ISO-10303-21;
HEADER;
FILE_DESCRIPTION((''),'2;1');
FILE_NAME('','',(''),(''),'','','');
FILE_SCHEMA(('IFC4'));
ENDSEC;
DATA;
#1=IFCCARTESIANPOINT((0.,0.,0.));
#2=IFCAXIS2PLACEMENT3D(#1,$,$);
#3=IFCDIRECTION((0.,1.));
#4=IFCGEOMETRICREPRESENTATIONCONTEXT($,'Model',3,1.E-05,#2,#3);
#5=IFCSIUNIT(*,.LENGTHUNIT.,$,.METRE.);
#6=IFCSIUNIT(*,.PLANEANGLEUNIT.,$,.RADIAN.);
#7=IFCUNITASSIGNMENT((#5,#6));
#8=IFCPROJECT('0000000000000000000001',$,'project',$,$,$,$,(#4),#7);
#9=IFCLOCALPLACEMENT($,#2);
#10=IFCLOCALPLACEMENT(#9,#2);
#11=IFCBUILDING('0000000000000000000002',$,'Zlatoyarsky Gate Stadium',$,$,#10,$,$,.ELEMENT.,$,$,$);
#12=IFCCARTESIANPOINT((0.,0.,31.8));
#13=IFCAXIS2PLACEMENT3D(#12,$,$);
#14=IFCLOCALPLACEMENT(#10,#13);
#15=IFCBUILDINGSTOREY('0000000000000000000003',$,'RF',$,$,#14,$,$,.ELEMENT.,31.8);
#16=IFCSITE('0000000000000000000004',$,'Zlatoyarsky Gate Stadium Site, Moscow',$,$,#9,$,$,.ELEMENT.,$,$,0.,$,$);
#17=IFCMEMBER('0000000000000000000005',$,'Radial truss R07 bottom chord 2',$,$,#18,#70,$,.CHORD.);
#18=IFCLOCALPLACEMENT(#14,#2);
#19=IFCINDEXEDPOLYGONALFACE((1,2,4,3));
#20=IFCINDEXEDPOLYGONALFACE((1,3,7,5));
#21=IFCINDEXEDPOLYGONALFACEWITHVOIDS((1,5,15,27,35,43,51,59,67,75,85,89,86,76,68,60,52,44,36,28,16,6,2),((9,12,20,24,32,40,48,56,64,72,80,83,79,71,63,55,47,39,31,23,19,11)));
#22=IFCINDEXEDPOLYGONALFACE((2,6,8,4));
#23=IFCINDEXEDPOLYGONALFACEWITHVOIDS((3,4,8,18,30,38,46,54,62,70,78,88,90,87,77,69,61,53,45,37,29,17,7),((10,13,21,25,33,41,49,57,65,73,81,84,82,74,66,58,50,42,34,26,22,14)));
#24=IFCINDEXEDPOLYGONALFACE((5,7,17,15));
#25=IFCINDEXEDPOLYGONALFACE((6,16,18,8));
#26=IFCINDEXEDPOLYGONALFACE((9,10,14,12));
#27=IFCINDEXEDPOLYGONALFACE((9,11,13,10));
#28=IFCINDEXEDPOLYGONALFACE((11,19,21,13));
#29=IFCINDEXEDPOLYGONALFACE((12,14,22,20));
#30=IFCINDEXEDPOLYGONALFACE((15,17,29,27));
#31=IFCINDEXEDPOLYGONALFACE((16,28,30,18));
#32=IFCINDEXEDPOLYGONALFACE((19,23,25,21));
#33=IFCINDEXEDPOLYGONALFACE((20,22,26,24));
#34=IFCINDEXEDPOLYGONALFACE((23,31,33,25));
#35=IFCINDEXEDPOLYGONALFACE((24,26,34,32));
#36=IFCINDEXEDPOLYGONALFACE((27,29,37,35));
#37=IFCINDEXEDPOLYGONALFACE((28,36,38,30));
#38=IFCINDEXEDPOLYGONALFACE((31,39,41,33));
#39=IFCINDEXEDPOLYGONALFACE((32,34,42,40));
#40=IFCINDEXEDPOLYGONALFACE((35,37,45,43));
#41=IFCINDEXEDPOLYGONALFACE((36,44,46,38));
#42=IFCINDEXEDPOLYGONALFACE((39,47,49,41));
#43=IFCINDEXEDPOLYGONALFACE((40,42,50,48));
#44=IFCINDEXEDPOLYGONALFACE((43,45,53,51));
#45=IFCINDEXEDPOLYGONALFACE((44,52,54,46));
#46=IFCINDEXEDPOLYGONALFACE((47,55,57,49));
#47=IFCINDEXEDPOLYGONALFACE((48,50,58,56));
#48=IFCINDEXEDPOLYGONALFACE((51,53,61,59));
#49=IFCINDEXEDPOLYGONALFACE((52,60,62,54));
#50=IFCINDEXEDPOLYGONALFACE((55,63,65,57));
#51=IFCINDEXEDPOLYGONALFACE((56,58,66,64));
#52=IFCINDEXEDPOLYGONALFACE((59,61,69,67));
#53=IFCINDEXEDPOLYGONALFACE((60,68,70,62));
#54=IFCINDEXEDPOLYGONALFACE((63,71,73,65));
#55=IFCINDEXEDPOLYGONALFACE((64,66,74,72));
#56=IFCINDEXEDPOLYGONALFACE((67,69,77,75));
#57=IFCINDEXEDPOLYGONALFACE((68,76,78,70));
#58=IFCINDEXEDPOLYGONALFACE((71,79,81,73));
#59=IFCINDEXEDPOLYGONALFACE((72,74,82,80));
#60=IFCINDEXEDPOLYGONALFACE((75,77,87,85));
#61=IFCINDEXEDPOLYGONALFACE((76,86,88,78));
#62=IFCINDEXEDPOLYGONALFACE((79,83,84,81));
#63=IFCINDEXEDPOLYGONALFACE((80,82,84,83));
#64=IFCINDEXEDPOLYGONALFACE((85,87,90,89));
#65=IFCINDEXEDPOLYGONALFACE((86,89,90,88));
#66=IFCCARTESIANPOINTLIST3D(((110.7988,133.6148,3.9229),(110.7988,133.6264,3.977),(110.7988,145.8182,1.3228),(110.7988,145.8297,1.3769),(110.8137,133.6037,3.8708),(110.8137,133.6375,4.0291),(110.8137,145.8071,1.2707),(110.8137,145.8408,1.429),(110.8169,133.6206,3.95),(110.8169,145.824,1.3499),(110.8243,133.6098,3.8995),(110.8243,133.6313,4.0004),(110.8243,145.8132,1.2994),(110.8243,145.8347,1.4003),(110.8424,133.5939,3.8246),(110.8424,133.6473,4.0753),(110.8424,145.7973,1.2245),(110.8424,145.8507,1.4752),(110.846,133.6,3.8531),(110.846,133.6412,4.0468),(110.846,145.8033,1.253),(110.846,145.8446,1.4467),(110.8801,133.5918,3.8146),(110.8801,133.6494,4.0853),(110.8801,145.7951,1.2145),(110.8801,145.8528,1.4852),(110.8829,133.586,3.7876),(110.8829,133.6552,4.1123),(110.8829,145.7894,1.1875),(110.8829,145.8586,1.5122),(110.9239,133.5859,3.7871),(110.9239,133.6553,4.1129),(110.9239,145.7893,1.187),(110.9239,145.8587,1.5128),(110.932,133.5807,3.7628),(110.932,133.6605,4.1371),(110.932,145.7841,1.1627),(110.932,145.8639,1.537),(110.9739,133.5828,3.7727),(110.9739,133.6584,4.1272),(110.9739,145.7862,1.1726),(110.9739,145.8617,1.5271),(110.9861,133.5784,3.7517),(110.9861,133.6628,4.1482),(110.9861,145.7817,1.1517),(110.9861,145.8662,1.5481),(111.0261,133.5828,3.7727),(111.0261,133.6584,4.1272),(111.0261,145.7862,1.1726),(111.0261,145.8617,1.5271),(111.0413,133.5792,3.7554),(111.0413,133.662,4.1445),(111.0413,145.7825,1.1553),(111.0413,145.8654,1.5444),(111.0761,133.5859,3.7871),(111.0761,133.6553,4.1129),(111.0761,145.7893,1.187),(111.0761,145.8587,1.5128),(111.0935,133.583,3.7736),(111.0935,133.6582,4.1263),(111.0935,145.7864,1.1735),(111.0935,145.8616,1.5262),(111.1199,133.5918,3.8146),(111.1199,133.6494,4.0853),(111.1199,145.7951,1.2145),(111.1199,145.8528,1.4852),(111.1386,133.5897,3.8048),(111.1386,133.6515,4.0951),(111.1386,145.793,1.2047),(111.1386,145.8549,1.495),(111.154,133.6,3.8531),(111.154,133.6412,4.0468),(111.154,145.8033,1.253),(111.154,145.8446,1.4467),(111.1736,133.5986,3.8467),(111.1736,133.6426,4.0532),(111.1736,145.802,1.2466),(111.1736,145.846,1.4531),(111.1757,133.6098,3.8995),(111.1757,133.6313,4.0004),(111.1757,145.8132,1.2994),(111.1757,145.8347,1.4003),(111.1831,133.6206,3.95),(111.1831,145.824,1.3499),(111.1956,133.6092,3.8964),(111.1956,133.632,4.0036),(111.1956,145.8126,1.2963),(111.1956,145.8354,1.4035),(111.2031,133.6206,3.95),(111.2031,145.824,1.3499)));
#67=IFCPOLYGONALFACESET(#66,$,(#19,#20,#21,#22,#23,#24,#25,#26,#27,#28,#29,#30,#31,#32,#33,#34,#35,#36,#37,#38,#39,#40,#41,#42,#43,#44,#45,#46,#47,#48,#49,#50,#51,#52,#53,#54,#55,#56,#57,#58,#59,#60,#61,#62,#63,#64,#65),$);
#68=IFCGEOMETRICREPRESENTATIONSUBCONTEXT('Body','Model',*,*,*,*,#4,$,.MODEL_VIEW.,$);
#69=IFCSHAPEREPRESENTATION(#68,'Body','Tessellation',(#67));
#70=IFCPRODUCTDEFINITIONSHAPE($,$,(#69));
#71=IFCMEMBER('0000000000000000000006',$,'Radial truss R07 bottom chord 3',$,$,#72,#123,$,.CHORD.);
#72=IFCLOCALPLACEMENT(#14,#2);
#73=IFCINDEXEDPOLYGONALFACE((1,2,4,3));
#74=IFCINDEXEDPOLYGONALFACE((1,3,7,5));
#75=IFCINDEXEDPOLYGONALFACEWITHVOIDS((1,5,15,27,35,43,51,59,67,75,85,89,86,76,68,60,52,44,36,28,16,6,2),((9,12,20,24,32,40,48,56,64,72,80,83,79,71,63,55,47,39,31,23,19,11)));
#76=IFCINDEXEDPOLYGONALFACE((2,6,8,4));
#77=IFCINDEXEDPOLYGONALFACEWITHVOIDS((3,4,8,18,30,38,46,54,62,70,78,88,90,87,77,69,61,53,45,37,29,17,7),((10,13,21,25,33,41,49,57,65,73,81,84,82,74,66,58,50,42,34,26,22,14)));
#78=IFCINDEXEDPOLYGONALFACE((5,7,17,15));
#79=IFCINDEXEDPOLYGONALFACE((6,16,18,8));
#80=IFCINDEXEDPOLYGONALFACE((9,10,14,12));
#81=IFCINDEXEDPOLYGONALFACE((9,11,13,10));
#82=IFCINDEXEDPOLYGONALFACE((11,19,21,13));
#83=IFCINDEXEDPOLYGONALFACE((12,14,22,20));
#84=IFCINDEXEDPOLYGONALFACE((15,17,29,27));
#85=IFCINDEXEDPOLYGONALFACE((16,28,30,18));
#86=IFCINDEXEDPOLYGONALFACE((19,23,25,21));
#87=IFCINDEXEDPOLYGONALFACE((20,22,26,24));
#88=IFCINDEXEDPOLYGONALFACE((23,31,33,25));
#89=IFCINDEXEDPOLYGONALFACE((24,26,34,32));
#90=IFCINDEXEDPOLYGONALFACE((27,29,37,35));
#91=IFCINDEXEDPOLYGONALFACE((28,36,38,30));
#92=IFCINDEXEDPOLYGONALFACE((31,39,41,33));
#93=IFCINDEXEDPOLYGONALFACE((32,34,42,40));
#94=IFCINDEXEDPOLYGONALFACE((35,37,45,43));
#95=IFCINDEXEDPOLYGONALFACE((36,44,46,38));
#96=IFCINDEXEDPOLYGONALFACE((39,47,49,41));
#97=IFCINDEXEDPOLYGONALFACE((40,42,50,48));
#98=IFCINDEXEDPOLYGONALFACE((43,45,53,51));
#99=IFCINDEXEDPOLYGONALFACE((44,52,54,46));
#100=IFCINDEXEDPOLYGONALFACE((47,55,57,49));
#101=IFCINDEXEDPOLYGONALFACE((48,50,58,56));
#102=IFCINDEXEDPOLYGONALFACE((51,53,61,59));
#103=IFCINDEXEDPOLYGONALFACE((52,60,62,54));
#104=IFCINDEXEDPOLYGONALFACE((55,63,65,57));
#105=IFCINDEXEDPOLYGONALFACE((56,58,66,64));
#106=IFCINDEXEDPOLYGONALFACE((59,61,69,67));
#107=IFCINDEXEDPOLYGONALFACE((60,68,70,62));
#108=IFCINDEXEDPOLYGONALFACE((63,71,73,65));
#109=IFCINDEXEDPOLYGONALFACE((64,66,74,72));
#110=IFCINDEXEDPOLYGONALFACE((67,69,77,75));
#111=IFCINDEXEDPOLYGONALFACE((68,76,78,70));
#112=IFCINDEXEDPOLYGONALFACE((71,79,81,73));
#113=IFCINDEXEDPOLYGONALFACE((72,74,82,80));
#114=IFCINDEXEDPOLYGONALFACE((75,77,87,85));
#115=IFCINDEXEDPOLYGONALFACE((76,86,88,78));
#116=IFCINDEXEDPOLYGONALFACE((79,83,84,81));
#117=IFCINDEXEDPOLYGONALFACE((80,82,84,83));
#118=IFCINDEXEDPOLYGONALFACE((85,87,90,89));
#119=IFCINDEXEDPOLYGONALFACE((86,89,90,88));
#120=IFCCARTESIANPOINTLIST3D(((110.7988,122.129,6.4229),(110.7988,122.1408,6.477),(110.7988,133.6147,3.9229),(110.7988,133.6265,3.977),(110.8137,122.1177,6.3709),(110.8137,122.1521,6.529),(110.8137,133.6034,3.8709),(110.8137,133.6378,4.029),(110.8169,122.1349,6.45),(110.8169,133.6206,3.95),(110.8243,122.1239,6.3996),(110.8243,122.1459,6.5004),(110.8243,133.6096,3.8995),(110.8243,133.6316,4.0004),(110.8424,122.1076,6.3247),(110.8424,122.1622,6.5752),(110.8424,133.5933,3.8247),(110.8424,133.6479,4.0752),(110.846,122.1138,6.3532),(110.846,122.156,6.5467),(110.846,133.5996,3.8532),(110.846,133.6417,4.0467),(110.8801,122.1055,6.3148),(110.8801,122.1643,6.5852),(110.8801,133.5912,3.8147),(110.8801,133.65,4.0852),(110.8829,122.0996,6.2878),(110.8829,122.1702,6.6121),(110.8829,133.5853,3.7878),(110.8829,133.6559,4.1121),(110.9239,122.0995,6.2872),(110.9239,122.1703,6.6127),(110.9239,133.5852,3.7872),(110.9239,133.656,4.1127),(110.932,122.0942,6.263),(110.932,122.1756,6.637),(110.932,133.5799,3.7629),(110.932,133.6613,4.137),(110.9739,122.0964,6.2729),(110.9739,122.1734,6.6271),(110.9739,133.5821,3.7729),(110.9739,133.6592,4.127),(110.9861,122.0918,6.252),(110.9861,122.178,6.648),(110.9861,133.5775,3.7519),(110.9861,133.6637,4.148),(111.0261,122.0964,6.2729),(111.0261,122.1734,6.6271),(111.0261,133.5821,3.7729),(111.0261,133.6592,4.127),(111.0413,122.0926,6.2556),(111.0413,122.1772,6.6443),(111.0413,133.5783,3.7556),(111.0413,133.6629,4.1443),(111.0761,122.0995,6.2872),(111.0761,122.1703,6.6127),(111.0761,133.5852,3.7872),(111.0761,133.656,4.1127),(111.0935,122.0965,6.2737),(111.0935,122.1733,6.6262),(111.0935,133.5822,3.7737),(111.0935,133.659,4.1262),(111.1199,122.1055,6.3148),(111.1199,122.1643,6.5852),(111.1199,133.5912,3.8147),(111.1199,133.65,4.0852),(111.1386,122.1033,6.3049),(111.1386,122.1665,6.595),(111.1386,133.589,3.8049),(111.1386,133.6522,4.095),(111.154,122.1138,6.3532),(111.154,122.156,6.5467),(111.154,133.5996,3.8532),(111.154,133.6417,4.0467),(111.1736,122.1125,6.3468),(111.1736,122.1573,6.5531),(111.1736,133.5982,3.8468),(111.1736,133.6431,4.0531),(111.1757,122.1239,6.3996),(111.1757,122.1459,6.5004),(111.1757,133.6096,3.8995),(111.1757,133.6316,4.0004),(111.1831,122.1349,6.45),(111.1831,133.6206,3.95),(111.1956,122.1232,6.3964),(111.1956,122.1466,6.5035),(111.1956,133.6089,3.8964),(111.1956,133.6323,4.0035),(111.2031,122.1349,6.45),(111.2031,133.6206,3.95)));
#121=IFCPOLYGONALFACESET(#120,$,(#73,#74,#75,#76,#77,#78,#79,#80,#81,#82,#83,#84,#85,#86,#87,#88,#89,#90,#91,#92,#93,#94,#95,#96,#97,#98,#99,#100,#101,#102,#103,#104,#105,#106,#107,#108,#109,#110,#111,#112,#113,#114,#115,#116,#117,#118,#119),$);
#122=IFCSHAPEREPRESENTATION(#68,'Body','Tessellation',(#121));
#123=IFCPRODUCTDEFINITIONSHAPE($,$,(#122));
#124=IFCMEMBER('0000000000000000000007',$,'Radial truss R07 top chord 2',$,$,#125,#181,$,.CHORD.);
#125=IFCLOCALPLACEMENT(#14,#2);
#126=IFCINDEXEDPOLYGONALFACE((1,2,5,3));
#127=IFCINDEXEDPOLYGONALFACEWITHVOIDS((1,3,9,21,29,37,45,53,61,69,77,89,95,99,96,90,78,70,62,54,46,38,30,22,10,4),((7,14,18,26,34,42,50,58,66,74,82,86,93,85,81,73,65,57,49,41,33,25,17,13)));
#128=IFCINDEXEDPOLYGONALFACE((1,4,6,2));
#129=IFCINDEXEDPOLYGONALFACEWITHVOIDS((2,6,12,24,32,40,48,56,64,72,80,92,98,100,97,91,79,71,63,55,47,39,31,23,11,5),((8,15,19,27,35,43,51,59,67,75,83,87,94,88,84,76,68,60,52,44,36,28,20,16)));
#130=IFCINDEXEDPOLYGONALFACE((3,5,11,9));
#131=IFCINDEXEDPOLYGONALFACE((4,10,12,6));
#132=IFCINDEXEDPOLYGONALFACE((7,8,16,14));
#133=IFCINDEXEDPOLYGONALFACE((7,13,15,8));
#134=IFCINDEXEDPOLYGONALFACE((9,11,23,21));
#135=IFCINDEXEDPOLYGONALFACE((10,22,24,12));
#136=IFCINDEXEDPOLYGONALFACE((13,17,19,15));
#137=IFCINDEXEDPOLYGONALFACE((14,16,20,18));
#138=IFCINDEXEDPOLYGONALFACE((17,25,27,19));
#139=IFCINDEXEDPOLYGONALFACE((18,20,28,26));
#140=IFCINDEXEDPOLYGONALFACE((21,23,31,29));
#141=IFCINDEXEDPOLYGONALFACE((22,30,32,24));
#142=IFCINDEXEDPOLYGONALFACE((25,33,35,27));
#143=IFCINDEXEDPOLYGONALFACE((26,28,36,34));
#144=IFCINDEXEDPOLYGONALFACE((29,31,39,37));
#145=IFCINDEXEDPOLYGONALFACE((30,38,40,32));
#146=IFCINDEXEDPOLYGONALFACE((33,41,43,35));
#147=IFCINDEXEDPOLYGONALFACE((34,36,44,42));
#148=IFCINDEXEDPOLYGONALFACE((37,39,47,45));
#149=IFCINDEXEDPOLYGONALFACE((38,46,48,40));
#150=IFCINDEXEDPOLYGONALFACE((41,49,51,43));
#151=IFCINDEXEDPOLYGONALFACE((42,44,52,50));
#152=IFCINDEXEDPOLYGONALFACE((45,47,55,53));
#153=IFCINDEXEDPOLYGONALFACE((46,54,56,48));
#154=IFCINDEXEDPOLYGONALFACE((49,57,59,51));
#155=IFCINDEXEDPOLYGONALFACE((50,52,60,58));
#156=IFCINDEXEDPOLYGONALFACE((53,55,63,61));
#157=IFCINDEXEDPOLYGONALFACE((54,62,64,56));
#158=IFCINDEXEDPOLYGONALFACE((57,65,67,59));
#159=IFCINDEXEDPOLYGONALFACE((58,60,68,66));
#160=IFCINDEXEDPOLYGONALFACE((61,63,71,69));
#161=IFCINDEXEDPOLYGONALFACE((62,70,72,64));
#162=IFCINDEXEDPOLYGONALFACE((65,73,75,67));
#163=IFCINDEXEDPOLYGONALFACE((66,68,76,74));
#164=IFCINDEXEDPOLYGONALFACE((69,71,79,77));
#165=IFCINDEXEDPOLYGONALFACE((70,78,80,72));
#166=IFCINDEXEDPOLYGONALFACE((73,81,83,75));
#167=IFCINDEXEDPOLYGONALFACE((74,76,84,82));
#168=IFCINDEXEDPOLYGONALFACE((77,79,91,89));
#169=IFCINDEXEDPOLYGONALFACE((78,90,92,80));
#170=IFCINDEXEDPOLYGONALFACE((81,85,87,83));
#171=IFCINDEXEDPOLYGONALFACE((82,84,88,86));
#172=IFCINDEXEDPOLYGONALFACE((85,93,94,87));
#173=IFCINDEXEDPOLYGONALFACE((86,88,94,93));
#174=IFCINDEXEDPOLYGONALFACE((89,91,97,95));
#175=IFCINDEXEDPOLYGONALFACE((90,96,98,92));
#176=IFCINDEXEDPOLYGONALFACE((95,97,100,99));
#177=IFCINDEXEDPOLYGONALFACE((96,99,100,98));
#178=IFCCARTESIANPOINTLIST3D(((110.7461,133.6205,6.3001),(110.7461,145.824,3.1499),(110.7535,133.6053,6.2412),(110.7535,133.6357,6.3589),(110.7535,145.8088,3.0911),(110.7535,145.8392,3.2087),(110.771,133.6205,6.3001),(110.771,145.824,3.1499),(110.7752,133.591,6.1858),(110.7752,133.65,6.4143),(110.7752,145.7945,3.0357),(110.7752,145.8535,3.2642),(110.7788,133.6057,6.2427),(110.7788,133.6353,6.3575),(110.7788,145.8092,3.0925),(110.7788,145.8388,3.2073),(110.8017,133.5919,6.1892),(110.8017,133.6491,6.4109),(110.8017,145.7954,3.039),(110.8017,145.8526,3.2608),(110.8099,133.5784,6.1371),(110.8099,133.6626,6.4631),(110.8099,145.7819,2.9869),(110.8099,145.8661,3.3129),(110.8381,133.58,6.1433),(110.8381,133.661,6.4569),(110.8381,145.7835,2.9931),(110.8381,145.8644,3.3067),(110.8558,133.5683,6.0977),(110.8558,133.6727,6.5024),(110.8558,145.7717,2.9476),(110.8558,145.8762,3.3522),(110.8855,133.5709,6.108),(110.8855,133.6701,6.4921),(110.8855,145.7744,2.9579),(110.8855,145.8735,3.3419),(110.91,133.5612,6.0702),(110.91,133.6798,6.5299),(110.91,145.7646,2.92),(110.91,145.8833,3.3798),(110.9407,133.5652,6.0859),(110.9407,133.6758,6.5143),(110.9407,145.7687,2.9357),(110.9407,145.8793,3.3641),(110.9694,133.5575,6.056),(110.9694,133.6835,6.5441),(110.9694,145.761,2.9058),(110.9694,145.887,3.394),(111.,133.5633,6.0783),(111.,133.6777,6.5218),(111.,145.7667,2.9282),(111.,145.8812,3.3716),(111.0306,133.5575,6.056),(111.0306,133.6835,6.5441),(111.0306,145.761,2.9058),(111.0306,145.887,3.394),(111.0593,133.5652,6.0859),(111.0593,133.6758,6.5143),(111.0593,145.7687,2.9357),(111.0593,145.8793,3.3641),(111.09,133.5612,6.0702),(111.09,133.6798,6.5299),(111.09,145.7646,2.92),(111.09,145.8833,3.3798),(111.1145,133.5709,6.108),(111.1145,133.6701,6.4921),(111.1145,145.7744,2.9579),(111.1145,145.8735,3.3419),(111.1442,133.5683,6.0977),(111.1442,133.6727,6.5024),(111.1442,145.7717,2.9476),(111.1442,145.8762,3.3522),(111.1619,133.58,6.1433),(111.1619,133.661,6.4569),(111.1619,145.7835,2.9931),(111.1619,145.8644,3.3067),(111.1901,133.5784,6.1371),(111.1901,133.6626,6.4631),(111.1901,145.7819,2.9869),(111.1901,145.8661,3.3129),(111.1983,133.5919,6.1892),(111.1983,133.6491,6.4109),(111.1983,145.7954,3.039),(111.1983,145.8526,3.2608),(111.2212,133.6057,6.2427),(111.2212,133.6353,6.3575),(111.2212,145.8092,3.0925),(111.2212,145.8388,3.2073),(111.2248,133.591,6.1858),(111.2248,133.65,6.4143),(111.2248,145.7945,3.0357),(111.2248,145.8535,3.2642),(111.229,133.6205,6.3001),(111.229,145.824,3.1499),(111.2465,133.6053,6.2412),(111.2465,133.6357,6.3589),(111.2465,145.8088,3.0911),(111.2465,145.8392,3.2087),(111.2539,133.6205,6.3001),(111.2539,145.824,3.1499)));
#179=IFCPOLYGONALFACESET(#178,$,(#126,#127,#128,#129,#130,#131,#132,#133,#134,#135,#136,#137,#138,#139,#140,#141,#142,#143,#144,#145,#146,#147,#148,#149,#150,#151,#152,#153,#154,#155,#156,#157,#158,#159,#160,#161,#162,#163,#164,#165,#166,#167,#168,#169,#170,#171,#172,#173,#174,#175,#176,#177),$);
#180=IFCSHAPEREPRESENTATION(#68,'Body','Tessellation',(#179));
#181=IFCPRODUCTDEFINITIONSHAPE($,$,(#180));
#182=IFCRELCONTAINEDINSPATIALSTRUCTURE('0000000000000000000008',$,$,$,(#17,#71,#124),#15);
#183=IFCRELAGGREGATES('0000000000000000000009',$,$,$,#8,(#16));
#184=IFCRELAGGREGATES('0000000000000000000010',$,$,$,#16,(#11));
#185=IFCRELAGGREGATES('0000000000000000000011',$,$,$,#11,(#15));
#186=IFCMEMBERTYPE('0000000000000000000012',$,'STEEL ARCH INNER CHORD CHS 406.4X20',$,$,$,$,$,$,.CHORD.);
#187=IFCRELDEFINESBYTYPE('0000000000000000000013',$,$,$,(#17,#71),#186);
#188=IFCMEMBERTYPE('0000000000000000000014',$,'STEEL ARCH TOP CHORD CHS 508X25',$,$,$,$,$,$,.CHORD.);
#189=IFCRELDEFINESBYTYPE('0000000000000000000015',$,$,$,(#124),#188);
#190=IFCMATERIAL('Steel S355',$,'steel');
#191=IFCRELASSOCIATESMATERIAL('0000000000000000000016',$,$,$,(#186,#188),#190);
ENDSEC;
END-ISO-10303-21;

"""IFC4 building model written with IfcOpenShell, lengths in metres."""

from ifc_helpers import new_model, si_unit, direction, frame, origin, origin_2d, place, context, subcontext, project, spatial, hollow_circle, extrude, material, material_profile, profile_set, type_object, element, save


model = new_model("IFC4")

# Units and contexts
model_context = context("Model", 3, precision=1e-05, world=origin(), true_north=direction((0.0, 1.0)))
body_context = subcontext(model_context, "Body", "Model", "MODEL_VIEW")
ifc_project = project(units=[si_unit("LENGTHUNIT", "METRE"), si_unit("PLANEANGLEUNIT", "RADIAN")], contexts=[model_context])

# Site, building, storey
site_placement = place(None, origin())
site = spatial("IfcSite", under=ifc_project, at=site_placement, Name="Zlatoyarsky Gate Stadium Site, Moscow", CompositionType="ELEMENT", RefElevation=0.0)
building_placement = place(site_placement, origin())
building = spatial("IfcBuilding", under=site, at=building_placement, Name="Zlatoyarsky Gate Stadium", CompositionType="ELEMENT")
storey_placement = place(building_placement, frame((0.0, 0.0, 31.8)))
storey = spatial("IfcBuildingStorey", under=building, at=storey_placement, Name="RF", CompositionType="ELEMENT", Elevation=31.8)

# Members
ifc_material_1 = material(Name="Steel S355", Category="steel")
ifc_material_profile_1 = material_profile(ifc_material_1, hollow_circle(Radius=0.2031, WallThickness=0.02, at=origin_2d()), Name="CHS 406.4X20")
ifc_profile_set_1 = profile_set([ifc_material_profile_1], Name="Steel S355")
member_type_1 = type_object("IfcMemberType", Name="STEEL ARCH INNER CHORD CHS 406.4X20", PredefinedType="CHORD", material=ifc_profile_set_1)
member_1_placement = place(storey_placement, frame((111.0, 145.824, 1.3499), z_axis=(0.0, -0.978047, 0.208386), x_axis=(1.0, 0.0, 0.0)))
element("IfcMember", 1, at=member_1_placement, inside=storey, type_object=member_type_1, Name="Radial truss R07 bottom chord 2", PredefinedType="CHORD", context=body_context, shape_type="SweptSolid", body=[
    extrude(hollow_circle(Radius=0.2031, WallThickness=0.02, at=origin_2d()), origin(), (0.0, 0.0, 1.0), 12.4773),
])
member_2_placement = place(storey_placement, frame((111.0, 133.6206, 3.95), z_axis=(0.0, -0.977121, 0.212684), x_axis=(1.0, 0.0, 0.0)))
element("IfcMember", 2, at=member_2_placement, inside=storey, type_object=member_type_1, Name="Radial truss R07 bottom chord 3", PredefinedType="CHORD", context=body_context, shape_type="SweptSolid", body=[
    extrude(hollow_circle(Radius=0.2031, WallThickness=0.02, at=origin_2d()), origin(), (0.0, 0.0, 1.0), 11.7546),
])
ifc_material_profile_2 = material_profile(ifc_material_1, hollow_circle(Radius=0.2539, WallThickness=0.0249, at=origin_2d()), Name="CHS 508X25")
ifc_profile_set_2 = profile_set([ifc_material_profile_2], Name="Steel S355")
member_type_2 = type_object("IfcMemberType", Name="STEEL ARCH TOP CHORD CHS 508X25", PredefinedType="CHORD", material=ifc_profile_set_2)
member_3_placement = place(storey_placement, frame((111.0, 145.824, 3.1499), z_axis=(0.0, -0.96826, 0.249944), x_axis=(1.0, 0.0, 0.0)))
element("IfcMember", 3, at=member_3_placement, inside=storey, type_object=member_type_2, Name="Radial truss R07 top chord 2", PredefinedType="CHORD", context=body_context, shape_type="SweptSolid", body=[
    extrude(hollow_circle(Radius=0.2539, WallThickness=0.0249, at=origin_2d()), origin(), (0.0, 0.0, 1.0), 12.6035),
])

save(model, "model.ifc")
